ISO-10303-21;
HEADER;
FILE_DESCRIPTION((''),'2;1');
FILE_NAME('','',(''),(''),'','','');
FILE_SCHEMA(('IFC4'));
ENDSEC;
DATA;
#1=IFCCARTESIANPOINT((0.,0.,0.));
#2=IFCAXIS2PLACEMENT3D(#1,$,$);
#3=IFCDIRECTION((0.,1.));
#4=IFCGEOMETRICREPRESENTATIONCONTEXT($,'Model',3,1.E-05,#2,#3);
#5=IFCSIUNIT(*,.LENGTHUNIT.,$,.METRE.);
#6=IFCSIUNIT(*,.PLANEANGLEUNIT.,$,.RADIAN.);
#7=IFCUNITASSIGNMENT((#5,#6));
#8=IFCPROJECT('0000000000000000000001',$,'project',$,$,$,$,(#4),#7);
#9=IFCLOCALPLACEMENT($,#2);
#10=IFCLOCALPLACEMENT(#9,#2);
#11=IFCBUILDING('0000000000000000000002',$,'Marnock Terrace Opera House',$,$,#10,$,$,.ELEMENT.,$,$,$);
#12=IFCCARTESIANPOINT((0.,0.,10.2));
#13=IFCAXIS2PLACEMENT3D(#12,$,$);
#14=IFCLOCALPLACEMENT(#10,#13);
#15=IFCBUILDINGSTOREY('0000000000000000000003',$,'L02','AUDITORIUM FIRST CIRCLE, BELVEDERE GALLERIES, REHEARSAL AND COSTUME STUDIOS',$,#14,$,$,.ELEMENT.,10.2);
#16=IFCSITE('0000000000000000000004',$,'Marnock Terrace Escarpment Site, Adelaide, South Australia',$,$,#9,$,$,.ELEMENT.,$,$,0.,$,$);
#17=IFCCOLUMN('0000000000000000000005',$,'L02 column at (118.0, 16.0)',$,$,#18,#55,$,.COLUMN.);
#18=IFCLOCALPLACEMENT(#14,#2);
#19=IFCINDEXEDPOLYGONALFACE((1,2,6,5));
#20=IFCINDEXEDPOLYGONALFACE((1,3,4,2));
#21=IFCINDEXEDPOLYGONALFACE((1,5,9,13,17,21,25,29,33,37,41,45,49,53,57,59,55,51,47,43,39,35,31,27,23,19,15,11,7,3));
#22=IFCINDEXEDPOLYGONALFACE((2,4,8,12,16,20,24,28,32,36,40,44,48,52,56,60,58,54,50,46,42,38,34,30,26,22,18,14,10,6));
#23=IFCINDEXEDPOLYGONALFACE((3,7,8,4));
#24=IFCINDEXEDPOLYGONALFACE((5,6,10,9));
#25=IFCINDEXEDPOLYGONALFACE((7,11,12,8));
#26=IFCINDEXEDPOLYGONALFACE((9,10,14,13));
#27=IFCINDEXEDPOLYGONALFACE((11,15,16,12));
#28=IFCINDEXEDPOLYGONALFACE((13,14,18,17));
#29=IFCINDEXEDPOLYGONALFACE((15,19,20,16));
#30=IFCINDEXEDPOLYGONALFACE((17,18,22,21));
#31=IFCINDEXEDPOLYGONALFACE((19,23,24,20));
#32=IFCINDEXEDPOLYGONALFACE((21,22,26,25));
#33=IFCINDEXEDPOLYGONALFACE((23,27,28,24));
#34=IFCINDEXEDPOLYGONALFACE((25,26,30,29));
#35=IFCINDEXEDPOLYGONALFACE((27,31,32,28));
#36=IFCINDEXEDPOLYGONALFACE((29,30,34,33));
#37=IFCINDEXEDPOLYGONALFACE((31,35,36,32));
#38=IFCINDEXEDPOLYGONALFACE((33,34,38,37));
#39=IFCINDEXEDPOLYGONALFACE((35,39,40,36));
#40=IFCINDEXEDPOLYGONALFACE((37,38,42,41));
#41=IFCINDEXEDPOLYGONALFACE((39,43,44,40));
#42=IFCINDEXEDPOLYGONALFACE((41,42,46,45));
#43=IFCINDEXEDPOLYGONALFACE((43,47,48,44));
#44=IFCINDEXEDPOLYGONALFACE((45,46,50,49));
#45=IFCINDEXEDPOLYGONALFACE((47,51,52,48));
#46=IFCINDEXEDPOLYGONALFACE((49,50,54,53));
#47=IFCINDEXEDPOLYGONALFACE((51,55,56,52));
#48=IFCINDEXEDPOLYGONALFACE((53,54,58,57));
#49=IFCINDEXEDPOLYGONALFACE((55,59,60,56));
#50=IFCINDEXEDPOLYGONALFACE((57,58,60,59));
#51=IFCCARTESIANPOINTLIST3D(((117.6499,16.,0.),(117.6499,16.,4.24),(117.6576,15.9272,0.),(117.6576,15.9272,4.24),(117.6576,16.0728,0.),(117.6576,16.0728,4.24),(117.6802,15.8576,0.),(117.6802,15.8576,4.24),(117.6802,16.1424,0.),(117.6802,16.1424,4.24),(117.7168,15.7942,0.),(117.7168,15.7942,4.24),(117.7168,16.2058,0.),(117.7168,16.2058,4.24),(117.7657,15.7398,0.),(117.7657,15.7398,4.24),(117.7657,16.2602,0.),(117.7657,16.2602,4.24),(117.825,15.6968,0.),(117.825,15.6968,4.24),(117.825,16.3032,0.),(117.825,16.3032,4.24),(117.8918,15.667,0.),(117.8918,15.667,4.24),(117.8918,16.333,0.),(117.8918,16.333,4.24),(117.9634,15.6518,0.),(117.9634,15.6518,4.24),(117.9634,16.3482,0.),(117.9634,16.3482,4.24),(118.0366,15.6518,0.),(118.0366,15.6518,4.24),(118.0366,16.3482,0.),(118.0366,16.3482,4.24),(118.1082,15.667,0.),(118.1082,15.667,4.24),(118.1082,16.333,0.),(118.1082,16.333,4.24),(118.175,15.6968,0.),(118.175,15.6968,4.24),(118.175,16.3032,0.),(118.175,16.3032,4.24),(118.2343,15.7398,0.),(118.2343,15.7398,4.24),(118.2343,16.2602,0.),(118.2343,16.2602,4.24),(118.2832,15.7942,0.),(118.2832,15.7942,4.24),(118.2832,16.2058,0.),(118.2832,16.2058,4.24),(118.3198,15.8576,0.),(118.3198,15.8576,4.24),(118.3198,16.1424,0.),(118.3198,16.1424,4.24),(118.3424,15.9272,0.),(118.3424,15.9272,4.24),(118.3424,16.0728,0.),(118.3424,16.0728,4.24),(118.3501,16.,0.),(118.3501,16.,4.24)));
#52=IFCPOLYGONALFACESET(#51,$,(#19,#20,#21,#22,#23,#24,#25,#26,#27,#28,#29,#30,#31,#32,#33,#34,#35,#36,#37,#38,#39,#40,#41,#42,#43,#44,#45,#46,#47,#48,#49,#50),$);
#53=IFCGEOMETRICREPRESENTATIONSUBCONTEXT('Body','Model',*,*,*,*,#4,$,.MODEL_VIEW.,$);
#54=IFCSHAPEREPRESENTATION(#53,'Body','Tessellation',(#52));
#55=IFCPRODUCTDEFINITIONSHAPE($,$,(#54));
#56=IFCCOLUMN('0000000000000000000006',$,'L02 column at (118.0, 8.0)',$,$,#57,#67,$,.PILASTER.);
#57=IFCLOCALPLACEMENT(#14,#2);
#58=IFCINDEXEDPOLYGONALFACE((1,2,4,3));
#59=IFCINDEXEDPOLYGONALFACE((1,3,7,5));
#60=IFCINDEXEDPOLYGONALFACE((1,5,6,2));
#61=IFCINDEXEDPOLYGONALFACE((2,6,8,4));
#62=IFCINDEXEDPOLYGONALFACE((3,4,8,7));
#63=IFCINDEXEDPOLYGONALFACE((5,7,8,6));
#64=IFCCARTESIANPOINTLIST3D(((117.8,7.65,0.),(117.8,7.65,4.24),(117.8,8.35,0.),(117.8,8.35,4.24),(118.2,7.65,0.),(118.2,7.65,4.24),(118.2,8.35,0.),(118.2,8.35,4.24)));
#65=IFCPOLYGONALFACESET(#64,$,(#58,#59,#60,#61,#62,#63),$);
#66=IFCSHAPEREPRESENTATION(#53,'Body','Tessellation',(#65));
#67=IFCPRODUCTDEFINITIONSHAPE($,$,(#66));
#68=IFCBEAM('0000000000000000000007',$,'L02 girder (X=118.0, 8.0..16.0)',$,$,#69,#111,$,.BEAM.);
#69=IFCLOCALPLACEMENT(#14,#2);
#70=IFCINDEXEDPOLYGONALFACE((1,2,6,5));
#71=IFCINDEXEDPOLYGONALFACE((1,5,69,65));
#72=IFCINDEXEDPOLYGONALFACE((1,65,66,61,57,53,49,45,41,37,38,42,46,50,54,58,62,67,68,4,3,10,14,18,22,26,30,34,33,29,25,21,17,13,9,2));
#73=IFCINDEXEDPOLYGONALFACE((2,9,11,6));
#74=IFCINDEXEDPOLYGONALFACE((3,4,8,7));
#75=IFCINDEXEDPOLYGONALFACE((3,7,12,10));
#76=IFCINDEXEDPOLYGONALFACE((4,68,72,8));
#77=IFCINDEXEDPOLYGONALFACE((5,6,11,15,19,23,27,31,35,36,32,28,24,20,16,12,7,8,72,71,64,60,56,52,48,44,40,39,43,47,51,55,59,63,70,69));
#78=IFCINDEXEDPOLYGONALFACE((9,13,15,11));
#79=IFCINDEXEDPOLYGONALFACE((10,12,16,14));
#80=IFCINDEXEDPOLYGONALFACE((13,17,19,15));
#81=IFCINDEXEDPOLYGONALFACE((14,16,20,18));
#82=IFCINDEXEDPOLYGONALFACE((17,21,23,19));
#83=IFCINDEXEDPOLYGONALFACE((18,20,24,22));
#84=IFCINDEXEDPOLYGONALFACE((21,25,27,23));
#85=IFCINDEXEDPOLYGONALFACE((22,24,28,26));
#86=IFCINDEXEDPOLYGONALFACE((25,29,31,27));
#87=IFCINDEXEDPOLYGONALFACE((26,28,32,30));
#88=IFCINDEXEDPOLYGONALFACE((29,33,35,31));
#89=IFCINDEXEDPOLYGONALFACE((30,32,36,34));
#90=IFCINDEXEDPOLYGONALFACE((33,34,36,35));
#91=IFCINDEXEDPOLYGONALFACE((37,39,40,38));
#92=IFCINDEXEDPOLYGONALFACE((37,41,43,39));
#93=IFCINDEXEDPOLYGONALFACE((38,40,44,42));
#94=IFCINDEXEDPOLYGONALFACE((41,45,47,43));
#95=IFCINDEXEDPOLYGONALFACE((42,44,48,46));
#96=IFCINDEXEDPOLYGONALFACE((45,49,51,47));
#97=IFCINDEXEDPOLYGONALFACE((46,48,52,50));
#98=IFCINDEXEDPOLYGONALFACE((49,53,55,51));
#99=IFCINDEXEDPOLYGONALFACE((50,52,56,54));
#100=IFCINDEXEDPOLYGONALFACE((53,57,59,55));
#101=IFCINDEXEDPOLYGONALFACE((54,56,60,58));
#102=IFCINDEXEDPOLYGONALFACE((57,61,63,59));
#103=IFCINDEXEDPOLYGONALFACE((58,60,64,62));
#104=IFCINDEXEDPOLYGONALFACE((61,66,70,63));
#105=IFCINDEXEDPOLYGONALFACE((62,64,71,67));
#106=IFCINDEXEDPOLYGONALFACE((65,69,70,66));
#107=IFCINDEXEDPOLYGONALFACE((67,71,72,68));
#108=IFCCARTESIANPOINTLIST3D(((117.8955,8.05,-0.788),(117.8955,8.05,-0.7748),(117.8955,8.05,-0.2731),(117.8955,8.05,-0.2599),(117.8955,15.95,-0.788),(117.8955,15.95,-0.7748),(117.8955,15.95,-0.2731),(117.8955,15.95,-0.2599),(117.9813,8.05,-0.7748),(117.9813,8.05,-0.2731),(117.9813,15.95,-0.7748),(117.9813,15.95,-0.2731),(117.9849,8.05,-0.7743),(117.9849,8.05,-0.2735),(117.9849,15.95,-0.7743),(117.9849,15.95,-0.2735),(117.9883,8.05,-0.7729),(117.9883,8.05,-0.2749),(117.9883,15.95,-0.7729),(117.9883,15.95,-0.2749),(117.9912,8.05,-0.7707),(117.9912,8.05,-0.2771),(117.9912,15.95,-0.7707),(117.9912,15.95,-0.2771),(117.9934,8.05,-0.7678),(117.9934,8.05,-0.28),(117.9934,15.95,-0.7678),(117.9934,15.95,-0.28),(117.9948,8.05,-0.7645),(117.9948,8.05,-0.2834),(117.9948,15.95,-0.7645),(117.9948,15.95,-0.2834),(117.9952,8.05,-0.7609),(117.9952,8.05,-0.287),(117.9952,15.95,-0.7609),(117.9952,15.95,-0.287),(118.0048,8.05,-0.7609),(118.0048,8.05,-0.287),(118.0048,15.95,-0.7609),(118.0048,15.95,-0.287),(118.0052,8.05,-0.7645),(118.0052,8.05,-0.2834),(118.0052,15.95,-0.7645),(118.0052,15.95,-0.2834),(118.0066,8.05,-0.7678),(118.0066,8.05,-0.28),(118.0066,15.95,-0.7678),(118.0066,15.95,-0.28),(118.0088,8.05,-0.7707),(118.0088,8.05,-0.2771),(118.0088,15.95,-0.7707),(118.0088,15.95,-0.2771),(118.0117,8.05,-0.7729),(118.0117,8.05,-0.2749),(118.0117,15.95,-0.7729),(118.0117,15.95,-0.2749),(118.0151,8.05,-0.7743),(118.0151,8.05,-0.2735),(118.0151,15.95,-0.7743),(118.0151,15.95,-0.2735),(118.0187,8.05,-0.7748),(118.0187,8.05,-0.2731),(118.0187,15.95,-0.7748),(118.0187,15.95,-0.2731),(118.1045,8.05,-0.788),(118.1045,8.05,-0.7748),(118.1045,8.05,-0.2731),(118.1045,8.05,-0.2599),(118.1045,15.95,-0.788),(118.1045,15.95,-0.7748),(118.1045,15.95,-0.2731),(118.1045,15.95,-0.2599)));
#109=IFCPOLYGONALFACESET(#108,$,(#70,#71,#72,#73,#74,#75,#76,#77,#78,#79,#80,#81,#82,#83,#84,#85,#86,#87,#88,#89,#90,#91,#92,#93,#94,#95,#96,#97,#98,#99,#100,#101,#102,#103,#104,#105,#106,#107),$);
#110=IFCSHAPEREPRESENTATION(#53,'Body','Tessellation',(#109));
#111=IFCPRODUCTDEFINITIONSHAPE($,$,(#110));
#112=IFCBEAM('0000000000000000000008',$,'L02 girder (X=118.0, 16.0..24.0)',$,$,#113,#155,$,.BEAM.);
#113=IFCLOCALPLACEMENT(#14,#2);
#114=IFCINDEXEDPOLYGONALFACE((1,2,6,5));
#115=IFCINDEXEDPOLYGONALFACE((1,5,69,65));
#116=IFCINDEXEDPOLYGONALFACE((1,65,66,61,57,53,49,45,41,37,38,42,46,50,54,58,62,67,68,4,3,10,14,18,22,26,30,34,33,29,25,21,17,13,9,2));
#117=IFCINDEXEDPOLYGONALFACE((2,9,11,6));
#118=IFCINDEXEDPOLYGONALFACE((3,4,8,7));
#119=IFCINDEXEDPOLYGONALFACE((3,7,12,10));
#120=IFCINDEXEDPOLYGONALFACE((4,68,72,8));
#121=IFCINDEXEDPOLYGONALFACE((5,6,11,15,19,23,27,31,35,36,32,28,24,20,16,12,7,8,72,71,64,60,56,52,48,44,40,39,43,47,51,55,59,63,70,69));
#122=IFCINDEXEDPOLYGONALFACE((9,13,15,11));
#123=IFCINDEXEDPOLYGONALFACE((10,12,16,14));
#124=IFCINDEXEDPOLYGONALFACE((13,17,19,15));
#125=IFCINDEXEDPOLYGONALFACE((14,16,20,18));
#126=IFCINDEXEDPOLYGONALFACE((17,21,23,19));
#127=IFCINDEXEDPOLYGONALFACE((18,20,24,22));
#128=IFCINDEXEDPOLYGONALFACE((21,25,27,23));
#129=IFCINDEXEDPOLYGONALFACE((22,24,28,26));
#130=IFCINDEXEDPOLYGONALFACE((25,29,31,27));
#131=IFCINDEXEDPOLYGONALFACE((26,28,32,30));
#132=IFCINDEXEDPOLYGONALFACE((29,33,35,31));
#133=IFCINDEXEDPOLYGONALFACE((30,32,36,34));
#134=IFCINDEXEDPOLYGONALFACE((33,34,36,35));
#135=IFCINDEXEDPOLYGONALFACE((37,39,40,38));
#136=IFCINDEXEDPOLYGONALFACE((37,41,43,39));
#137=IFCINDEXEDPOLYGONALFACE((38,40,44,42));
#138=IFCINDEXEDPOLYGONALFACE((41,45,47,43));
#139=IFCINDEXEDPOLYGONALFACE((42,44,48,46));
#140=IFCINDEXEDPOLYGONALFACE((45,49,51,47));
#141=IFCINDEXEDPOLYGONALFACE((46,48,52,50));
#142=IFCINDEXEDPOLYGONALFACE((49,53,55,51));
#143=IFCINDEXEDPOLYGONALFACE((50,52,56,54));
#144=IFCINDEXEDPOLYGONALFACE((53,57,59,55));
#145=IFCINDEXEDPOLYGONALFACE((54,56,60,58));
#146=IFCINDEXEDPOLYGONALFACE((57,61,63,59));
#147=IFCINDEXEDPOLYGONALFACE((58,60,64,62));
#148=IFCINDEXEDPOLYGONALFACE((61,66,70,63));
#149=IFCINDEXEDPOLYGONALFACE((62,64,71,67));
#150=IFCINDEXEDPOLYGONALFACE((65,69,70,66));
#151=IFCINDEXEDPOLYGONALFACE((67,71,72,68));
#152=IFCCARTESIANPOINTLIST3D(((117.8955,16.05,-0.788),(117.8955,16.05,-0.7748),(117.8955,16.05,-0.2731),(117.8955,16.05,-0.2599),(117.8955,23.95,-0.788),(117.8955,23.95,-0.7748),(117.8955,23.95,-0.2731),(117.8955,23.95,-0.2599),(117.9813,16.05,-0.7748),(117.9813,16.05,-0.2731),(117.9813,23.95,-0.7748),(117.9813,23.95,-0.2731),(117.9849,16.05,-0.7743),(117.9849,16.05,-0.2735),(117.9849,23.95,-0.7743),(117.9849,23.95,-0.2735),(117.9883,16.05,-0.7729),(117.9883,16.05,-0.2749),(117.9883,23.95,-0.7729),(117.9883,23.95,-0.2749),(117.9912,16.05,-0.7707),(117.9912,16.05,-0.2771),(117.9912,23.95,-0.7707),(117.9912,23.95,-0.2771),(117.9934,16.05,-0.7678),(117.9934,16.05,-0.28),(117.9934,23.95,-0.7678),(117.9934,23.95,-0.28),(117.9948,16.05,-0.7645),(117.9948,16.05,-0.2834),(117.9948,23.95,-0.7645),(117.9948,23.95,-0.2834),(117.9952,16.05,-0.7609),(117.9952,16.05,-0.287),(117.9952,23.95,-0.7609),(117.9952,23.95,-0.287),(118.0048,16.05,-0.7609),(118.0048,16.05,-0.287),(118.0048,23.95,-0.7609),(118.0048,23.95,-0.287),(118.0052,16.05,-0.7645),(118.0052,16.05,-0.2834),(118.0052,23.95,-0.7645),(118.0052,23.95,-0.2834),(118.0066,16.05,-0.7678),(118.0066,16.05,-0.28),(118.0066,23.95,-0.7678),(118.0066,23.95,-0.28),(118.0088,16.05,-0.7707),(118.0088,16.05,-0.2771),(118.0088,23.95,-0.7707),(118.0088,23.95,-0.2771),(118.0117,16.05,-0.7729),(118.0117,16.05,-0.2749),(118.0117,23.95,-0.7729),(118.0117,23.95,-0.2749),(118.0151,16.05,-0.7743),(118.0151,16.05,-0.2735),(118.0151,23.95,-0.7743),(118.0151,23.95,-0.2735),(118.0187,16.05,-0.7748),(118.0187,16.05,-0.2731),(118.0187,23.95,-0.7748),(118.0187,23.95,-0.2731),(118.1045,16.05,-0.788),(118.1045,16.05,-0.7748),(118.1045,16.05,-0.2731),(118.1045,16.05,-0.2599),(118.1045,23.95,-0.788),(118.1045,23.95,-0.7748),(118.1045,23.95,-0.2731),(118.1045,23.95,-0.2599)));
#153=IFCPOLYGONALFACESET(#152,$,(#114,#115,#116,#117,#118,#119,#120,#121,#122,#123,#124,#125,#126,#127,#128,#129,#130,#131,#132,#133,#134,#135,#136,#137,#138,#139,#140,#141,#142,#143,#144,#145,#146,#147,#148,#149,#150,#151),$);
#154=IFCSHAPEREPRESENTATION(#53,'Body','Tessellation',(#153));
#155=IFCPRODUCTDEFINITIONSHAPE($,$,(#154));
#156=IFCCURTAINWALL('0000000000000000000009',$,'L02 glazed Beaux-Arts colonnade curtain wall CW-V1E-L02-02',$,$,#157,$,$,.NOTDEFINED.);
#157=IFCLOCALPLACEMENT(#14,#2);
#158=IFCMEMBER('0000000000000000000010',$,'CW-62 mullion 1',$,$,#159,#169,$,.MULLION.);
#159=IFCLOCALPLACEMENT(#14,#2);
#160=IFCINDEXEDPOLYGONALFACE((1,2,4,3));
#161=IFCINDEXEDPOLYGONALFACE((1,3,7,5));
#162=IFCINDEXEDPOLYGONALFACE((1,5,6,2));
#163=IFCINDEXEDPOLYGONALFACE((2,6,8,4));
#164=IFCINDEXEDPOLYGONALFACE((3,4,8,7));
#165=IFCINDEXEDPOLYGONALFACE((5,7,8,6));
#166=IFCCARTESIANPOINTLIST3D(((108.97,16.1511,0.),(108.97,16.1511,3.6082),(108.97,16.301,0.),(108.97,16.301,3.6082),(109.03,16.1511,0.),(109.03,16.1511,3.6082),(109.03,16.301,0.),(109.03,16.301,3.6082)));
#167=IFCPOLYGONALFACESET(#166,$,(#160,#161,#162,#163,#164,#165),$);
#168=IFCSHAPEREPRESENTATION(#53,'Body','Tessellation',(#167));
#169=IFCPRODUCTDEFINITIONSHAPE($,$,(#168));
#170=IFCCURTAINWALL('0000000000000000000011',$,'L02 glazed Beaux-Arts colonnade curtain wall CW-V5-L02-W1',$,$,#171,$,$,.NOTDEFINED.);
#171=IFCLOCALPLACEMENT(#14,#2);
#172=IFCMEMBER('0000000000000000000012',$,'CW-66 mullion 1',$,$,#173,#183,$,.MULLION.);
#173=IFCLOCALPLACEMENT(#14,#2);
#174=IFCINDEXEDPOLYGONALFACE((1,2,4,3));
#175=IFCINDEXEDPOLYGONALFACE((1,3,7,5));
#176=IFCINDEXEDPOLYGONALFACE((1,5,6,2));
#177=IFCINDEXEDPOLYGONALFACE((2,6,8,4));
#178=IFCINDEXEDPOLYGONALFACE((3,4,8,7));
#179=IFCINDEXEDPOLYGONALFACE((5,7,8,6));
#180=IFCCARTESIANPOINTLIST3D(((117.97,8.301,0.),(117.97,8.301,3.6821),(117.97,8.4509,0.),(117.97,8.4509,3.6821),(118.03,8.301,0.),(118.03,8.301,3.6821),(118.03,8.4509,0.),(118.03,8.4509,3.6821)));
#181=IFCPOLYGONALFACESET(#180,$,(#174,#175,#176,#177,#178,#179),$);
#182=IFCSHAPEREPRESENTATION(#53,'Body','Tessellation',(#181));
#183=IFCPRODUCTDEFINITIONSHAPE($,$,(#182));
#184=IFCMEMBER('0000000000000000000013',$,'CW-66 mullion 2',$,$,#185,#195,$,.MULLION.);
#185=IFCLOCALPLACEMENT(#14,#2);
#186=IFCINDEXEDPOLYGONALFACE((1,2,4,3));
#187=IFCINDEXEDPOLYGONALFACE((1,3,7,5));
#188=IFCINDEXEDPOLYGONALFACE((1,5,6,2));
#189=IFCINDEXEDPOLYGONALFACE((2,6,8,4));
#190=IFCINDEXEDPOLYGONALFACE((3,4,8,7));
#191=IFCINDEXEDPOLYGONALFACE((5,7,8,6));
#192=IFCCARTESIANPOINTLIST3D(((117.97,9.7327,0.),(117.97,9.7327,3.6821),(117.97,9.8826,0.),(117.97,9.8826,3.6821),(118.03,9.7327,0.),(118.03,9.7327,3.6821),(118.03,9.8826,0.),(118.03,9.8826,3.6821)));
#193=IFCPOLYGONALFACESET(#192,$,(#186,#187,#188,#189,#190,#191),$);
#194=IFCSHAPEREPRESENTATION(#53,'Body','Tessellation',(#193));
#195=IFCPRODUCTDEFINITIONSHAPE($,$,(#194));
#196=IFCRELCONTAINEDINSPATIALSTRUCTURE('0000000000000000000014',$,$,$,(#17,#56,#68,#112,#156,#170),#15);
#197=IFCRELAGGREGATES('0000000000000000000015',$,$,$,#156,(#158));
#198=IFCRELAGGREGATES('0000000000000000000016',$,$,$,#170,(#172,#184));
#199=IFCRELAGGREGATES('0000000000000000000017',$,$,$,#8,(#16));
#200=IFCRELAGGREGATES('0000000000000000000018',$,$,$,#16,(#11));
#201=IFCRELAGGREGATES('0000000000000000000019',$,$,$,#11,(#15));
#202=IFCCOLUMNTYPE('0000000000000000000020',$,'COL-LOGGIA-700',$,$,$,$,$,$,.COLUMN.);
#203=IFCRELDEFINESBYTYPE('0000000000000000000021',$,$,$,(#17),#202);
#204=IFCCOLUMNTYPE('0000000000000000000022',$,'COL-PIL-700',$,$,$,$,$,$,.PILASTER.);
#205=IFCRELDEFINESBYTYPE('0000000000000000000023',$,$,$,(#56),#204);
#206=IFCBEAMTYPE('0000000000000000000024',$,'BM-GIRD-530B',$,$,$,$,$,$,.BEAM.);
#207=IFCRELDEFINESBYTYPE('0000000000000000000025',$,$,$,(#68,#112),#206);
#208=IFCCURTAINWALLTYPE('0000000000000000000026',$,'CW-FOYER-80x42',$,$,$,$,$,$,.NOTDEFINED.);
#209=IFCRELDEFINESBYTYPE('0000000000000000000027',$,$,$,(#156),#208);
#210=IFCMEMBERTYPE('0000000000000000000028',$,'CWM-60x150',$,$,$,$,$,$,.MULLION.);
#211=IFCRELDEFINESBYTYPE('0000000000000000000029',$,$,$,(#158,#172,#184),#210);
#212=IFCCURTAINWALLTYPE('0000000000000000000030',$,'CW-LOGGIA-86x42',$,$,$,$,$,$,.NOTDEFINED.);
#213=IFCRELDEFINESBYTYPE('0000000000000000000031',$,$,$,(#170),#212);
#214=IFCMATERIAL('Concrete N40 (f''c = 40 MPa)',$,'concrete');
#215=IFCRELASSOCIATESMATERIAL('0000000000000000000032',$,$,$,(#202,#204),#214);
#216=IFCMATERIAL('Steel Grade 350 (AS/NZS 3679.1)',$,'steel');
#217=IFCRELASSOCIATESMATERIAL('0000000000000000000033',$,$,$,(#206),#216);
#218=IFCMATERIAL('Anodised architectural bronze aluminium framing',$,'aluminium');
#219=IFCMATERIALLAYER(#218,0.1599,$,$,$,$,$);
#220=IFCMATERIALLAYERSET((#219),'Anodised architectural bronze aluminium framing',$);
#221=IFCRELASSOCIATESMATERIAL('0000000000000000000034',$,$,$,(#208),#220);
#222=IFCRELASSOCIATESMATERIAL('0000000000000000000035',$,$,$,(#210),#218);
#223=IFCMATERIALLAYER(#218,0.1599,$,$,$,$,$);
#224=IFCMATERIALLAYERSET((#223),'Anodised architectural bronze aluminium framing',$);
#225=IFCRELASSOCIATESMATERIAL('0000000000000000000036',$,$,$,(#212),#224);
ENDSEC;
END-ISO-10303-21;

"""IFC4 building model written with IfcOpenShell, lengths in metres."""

from ifc_helpers import new_model, si_unit, direction, frame, origin, origin_2d, place, context, subcontext, project, spatial, rectangle, circle, i_section, extrude, material, layer, layer_set, material_profile, profile_set, type_object, element, aggregate, save


model = new_model("IFC4")

# Units and contexts
model_context = context("Model", 3, precision=1e-05, world=origin(), true_north=direction((0.0, 1.0)))
body_context = subcontext(model_context, "Body", "Model", "MODEL_VIEW")
ifc_project = project(units=[si_unit("LENGTHUNIT", "METRE"), si_unit("PLANEANGLEUNIT", "RADIAN")], contexts=[model_context])

# Site, building, storey
site_placement = place(None, origin())
site = spatial("IfcSite", under=ifc_project, at=site_placement, Name="Marnock Terrace Escarpment Site, Adelaide, South Australia", CompositionType="ELEMENT", RefElevation=0.0)
building_placement = place(site_placement, origin())
building = spatial("IfcBuilding", under=site, at=building_placement, Name="Marnock Terrace Opera House", CompositionType="ELEMENT")
storey_placement = place(building_placement, frame((0.0, 0.0, 10.2)))
storey = spatial("IfcBuildingStorey", under=building, at=storey_placement, Name="L02", Description="AUDITORIUM FIRST CIRCLE, BELVEDERE GALLERIES, REHEARSAL AND COSTUME STUDIOS", CompositionType="ELEMENT", Elevation=10.2)

# Columns
ifc_material_1 = material(Name="Concrete N40 (f'c = 40 MPa)", Category="concrete")
ifc_material_profile_1 = material_profile(ifc_material_1, circle(Radius=0.3501, at=origin_2d()))
ifc_profile_set_1 = profile_set([ifc_material_profile_1], Name="Concrete N40 (f'c = 40 MPa)")
column_type_1 = type_object("IfcColumnType", Name="COL-LOGGIA-700", PredefinedType="COLUMN", material=ifc_profile_set_1)
column_1_placement = place(storey_placement, frame((118.0, 16.0, 0.0), z_axis=(0.0, 0.0, 1.0), x_axis=(1.0, 0.0, 0.0)))
element("IfcColumn", 1, at=column_1_placement, inside=storey, type_object=column_type_1, Name="L02 column at (118.0, 16.0)", PredefinedType="COLUMN", context=body_context, shape_type="SweptSolid", body=[
    extrude(circle(Radius=0.3501, at=origin_2d()), origin(), (0.0, 0.0, 1.0), 4.24),
])
ifc_material_profile_2 = material_profile(ifc_material_1, rectangle(XDim=0.3999, YDim=0.7, at=origin_2d()))
ifc_profile_set_2 = profile_set([ifc_material_profile_2], Name="Concrete N40 (f'c = 40 MPa)")
column_type_2 = type_object("IfcColumnType", Name="COL-PIL-700", PredefinedType="PILASTER", material=ifc_profile_set_2)
column_2_placement = place(storey_placement, frame((118.0, 8.0, 0.0), z_axis=(0.0, 0.0, 1.0), x_axis=(1.0, 0.0, 0.0)))
element("IfcColumn", 2, at=column_2_placement, inside=storey, type_object=column_type_2, Name="L02 column at (118.0, 8.0)", PredefinedType="PILASTER", context=body_context, shape_type="SweptSolid", body=[
    extrude(rectangle(XDim=0.3999, YDim=0.7, at=origin_2d()), origin(), (0.0, 0.0, 1.0), 4.24),
])

# Beams
ifc_material_2 = material(Name="Steel Grade 350 (AS/NZS 3679.1)", Category="steel")
ifc_material_profile_3 = material_profile(ifc_material_2, i_section(OverallWidth=0.209, OverallDepth=0.5281, WebThickness=0.0095, FlangeThickness=0.0132, FilletRadius=0.0139, at=origin_2d()))
ifc_profile_set_3 = profile_set([ifc_material_profile_3], Name="Steel Grade 350 (AS/NZS 3679.1)")
beam_type = type_object("IfcBeamType", Name="BM-GIRD-530B", PredefinedType="BEAM", material=ifc_profile_set_3)
for number, where, z_axis, x_axis, name in (
    (3, (118.0, 8.05, -0.5239), (0.0, 1.0, 0.0), (-1.0, 0.0, 0.0), "L02 girder (X=118.0, 8.0..16.0)"),
    (4, (118.0, 16.05, -0.5239), (0.0, 1.0, 0.0), (-1.0, 0.0, 0.0), "L02 girder (X=118.0, 16.0..24.0)"),
):
    element("IfcBeam", number, at=place(storey_placement, frame(where, z_axis=z_axis, x_axis=x_axis)), inside=storey, type_object=beam_type, Name=name, PredefinedType="BEAM", context=body_context, shape_type="SweptSolid", body=[
        extrude(i_section(OverallWidth=0.209, OverallDepth=0.5281, WebThickness=0.0095, FlangeThickness=0.0132, FilletRadius=0.0139, at=origin_2d()), origin(), (0.0, 0.0, 1.0), 7.8999),
    ])

# Curtain wall, member
ifc_material_3 = material(Name="Anodised architectural bronze aluminium framing", Category="aluminium")
ifc_layer_1 = layer(ifc_material_3, 0.1599)
ifc_layer_set_1 = layer_set([ifc_layer_1], Name="Anodised architectural bronze aluminium framing")
curtain_wall_type_1 = type_object("IfcCurtainWallType", Name="CW-FOYER-80x42", PredefinedType="NOTDEFINED", material=ifc_layer_set_1)
curtain_wall_1_placement = place(storey_placement, origin())
curtain_wall_1 = element("IfcCurtainWall", 5, at=curtain_wall_1_placement, inside=storey, type_object=curtain_wall_type_1, Name="L02 glazed Beaux-Arts colonnade curtain wall CW-V1E-L02-02", PredefinedType="NOTDEFINED")
ifc_material_profile_4 = material_profile(ifc_material_3, rectangle(XDim=0.0601, YDim=0.1499, at=origin_2d()))
ifc_profile_set_4 = profile_set([ifc_material_profile_4], Name="Anodised architectural bronze aluminium framing")
member_type_1 = type_object("IfcMemberType", Name="CWM-60x150", PredefinedType="MULLION", material=ifc_profile_set_4)
member_1_placement = place(storey_placement, frame((109.0, 16.2261, 0.0), z_axis=(0.0, 0.0, 1.0), x_axis=(-1.0, 0.0, 0.0)))
member_1 = element("IfcMember", 6, at=member_1_placement, type_object=member_type_1, Name="CW-62 mullion 1", PredefinedType="MULLION", context=body_context, shape_type="SweptSolid", body=[
    extrude(rectangle(XDim=0.0601, YDim=0.1499, at=origin_2d()), origin(), (0.0, 0.0, 1.0), 3.6082),
])
aggregate(curtain_wall_1, [member_1])

# Curtain wall, members
ifc_layer_2 = layer(ifc_material_3, 0.1599)
ifc_layer_set_2 = layer_set([ifc_layer_2], Name="Anodised architectural bronze aluminium framing")
curtain_wall_type_2 = type_object("IfcCurtainWallType", Name="CW-LOGGIA-86x42", PredefinedType="NOTDEFINED", material=ifc_layer_set_2)
curtain_wall_2_placement = place(storey_placement, origin())
curtain_wall_2 = element("IfcCurtainWall", 7, at=curtain_wall_2_placement, inside=storey, type_object=curtain_wall_type_2, Name="L02 glazed Beaux-Arts colonnade curtain wall CW-V5-L02-W1", PredefinedType="NOTDEFINED")
member_2_placement = place(storey_placement, frame((118.0, 8.376, 0.0), z_axis=(0.0, 0.0, 1.0), x_axis=(-1.0, 0.0, 0.0)))
member_2 = element("IfcMember", 8, at=member_2_placement, type_object=member_type_1, Name="CW-66 mullion 1", PredefinedType="MULLION", context=body_context, shape_type="SweptSolid", body=[
    extrude(rectangle(XDim=0.0601, YDim=0.1499, at=origin_2d()), origin(), (0.0, 0.0, 1.0), 3.6821),
])
member_3_placement = place(storey_placement, frame((118.0, 9.8076, 0.0), z_axis=(0.0, 0.0, 1.0), x_axis=(-1.0, 0.0, 0.0)))
member_3 = element("IfcMember", 9, at=member_3_placement, type_object=member_type_1, Name="CW-66 mullion 2", PredefinedType="MULLION", context=body_context, shape_type="SweptSolid", body=[
    extrude(rectangle(XDim=0.0601, YDim=0.1499, at=origin_2d()), origin(), (0.0, 0.0, 1.0), 3.6821),
])
aggregate(curtain_wall_2, [member_2, member_3])

save(model, "model.ifc")
